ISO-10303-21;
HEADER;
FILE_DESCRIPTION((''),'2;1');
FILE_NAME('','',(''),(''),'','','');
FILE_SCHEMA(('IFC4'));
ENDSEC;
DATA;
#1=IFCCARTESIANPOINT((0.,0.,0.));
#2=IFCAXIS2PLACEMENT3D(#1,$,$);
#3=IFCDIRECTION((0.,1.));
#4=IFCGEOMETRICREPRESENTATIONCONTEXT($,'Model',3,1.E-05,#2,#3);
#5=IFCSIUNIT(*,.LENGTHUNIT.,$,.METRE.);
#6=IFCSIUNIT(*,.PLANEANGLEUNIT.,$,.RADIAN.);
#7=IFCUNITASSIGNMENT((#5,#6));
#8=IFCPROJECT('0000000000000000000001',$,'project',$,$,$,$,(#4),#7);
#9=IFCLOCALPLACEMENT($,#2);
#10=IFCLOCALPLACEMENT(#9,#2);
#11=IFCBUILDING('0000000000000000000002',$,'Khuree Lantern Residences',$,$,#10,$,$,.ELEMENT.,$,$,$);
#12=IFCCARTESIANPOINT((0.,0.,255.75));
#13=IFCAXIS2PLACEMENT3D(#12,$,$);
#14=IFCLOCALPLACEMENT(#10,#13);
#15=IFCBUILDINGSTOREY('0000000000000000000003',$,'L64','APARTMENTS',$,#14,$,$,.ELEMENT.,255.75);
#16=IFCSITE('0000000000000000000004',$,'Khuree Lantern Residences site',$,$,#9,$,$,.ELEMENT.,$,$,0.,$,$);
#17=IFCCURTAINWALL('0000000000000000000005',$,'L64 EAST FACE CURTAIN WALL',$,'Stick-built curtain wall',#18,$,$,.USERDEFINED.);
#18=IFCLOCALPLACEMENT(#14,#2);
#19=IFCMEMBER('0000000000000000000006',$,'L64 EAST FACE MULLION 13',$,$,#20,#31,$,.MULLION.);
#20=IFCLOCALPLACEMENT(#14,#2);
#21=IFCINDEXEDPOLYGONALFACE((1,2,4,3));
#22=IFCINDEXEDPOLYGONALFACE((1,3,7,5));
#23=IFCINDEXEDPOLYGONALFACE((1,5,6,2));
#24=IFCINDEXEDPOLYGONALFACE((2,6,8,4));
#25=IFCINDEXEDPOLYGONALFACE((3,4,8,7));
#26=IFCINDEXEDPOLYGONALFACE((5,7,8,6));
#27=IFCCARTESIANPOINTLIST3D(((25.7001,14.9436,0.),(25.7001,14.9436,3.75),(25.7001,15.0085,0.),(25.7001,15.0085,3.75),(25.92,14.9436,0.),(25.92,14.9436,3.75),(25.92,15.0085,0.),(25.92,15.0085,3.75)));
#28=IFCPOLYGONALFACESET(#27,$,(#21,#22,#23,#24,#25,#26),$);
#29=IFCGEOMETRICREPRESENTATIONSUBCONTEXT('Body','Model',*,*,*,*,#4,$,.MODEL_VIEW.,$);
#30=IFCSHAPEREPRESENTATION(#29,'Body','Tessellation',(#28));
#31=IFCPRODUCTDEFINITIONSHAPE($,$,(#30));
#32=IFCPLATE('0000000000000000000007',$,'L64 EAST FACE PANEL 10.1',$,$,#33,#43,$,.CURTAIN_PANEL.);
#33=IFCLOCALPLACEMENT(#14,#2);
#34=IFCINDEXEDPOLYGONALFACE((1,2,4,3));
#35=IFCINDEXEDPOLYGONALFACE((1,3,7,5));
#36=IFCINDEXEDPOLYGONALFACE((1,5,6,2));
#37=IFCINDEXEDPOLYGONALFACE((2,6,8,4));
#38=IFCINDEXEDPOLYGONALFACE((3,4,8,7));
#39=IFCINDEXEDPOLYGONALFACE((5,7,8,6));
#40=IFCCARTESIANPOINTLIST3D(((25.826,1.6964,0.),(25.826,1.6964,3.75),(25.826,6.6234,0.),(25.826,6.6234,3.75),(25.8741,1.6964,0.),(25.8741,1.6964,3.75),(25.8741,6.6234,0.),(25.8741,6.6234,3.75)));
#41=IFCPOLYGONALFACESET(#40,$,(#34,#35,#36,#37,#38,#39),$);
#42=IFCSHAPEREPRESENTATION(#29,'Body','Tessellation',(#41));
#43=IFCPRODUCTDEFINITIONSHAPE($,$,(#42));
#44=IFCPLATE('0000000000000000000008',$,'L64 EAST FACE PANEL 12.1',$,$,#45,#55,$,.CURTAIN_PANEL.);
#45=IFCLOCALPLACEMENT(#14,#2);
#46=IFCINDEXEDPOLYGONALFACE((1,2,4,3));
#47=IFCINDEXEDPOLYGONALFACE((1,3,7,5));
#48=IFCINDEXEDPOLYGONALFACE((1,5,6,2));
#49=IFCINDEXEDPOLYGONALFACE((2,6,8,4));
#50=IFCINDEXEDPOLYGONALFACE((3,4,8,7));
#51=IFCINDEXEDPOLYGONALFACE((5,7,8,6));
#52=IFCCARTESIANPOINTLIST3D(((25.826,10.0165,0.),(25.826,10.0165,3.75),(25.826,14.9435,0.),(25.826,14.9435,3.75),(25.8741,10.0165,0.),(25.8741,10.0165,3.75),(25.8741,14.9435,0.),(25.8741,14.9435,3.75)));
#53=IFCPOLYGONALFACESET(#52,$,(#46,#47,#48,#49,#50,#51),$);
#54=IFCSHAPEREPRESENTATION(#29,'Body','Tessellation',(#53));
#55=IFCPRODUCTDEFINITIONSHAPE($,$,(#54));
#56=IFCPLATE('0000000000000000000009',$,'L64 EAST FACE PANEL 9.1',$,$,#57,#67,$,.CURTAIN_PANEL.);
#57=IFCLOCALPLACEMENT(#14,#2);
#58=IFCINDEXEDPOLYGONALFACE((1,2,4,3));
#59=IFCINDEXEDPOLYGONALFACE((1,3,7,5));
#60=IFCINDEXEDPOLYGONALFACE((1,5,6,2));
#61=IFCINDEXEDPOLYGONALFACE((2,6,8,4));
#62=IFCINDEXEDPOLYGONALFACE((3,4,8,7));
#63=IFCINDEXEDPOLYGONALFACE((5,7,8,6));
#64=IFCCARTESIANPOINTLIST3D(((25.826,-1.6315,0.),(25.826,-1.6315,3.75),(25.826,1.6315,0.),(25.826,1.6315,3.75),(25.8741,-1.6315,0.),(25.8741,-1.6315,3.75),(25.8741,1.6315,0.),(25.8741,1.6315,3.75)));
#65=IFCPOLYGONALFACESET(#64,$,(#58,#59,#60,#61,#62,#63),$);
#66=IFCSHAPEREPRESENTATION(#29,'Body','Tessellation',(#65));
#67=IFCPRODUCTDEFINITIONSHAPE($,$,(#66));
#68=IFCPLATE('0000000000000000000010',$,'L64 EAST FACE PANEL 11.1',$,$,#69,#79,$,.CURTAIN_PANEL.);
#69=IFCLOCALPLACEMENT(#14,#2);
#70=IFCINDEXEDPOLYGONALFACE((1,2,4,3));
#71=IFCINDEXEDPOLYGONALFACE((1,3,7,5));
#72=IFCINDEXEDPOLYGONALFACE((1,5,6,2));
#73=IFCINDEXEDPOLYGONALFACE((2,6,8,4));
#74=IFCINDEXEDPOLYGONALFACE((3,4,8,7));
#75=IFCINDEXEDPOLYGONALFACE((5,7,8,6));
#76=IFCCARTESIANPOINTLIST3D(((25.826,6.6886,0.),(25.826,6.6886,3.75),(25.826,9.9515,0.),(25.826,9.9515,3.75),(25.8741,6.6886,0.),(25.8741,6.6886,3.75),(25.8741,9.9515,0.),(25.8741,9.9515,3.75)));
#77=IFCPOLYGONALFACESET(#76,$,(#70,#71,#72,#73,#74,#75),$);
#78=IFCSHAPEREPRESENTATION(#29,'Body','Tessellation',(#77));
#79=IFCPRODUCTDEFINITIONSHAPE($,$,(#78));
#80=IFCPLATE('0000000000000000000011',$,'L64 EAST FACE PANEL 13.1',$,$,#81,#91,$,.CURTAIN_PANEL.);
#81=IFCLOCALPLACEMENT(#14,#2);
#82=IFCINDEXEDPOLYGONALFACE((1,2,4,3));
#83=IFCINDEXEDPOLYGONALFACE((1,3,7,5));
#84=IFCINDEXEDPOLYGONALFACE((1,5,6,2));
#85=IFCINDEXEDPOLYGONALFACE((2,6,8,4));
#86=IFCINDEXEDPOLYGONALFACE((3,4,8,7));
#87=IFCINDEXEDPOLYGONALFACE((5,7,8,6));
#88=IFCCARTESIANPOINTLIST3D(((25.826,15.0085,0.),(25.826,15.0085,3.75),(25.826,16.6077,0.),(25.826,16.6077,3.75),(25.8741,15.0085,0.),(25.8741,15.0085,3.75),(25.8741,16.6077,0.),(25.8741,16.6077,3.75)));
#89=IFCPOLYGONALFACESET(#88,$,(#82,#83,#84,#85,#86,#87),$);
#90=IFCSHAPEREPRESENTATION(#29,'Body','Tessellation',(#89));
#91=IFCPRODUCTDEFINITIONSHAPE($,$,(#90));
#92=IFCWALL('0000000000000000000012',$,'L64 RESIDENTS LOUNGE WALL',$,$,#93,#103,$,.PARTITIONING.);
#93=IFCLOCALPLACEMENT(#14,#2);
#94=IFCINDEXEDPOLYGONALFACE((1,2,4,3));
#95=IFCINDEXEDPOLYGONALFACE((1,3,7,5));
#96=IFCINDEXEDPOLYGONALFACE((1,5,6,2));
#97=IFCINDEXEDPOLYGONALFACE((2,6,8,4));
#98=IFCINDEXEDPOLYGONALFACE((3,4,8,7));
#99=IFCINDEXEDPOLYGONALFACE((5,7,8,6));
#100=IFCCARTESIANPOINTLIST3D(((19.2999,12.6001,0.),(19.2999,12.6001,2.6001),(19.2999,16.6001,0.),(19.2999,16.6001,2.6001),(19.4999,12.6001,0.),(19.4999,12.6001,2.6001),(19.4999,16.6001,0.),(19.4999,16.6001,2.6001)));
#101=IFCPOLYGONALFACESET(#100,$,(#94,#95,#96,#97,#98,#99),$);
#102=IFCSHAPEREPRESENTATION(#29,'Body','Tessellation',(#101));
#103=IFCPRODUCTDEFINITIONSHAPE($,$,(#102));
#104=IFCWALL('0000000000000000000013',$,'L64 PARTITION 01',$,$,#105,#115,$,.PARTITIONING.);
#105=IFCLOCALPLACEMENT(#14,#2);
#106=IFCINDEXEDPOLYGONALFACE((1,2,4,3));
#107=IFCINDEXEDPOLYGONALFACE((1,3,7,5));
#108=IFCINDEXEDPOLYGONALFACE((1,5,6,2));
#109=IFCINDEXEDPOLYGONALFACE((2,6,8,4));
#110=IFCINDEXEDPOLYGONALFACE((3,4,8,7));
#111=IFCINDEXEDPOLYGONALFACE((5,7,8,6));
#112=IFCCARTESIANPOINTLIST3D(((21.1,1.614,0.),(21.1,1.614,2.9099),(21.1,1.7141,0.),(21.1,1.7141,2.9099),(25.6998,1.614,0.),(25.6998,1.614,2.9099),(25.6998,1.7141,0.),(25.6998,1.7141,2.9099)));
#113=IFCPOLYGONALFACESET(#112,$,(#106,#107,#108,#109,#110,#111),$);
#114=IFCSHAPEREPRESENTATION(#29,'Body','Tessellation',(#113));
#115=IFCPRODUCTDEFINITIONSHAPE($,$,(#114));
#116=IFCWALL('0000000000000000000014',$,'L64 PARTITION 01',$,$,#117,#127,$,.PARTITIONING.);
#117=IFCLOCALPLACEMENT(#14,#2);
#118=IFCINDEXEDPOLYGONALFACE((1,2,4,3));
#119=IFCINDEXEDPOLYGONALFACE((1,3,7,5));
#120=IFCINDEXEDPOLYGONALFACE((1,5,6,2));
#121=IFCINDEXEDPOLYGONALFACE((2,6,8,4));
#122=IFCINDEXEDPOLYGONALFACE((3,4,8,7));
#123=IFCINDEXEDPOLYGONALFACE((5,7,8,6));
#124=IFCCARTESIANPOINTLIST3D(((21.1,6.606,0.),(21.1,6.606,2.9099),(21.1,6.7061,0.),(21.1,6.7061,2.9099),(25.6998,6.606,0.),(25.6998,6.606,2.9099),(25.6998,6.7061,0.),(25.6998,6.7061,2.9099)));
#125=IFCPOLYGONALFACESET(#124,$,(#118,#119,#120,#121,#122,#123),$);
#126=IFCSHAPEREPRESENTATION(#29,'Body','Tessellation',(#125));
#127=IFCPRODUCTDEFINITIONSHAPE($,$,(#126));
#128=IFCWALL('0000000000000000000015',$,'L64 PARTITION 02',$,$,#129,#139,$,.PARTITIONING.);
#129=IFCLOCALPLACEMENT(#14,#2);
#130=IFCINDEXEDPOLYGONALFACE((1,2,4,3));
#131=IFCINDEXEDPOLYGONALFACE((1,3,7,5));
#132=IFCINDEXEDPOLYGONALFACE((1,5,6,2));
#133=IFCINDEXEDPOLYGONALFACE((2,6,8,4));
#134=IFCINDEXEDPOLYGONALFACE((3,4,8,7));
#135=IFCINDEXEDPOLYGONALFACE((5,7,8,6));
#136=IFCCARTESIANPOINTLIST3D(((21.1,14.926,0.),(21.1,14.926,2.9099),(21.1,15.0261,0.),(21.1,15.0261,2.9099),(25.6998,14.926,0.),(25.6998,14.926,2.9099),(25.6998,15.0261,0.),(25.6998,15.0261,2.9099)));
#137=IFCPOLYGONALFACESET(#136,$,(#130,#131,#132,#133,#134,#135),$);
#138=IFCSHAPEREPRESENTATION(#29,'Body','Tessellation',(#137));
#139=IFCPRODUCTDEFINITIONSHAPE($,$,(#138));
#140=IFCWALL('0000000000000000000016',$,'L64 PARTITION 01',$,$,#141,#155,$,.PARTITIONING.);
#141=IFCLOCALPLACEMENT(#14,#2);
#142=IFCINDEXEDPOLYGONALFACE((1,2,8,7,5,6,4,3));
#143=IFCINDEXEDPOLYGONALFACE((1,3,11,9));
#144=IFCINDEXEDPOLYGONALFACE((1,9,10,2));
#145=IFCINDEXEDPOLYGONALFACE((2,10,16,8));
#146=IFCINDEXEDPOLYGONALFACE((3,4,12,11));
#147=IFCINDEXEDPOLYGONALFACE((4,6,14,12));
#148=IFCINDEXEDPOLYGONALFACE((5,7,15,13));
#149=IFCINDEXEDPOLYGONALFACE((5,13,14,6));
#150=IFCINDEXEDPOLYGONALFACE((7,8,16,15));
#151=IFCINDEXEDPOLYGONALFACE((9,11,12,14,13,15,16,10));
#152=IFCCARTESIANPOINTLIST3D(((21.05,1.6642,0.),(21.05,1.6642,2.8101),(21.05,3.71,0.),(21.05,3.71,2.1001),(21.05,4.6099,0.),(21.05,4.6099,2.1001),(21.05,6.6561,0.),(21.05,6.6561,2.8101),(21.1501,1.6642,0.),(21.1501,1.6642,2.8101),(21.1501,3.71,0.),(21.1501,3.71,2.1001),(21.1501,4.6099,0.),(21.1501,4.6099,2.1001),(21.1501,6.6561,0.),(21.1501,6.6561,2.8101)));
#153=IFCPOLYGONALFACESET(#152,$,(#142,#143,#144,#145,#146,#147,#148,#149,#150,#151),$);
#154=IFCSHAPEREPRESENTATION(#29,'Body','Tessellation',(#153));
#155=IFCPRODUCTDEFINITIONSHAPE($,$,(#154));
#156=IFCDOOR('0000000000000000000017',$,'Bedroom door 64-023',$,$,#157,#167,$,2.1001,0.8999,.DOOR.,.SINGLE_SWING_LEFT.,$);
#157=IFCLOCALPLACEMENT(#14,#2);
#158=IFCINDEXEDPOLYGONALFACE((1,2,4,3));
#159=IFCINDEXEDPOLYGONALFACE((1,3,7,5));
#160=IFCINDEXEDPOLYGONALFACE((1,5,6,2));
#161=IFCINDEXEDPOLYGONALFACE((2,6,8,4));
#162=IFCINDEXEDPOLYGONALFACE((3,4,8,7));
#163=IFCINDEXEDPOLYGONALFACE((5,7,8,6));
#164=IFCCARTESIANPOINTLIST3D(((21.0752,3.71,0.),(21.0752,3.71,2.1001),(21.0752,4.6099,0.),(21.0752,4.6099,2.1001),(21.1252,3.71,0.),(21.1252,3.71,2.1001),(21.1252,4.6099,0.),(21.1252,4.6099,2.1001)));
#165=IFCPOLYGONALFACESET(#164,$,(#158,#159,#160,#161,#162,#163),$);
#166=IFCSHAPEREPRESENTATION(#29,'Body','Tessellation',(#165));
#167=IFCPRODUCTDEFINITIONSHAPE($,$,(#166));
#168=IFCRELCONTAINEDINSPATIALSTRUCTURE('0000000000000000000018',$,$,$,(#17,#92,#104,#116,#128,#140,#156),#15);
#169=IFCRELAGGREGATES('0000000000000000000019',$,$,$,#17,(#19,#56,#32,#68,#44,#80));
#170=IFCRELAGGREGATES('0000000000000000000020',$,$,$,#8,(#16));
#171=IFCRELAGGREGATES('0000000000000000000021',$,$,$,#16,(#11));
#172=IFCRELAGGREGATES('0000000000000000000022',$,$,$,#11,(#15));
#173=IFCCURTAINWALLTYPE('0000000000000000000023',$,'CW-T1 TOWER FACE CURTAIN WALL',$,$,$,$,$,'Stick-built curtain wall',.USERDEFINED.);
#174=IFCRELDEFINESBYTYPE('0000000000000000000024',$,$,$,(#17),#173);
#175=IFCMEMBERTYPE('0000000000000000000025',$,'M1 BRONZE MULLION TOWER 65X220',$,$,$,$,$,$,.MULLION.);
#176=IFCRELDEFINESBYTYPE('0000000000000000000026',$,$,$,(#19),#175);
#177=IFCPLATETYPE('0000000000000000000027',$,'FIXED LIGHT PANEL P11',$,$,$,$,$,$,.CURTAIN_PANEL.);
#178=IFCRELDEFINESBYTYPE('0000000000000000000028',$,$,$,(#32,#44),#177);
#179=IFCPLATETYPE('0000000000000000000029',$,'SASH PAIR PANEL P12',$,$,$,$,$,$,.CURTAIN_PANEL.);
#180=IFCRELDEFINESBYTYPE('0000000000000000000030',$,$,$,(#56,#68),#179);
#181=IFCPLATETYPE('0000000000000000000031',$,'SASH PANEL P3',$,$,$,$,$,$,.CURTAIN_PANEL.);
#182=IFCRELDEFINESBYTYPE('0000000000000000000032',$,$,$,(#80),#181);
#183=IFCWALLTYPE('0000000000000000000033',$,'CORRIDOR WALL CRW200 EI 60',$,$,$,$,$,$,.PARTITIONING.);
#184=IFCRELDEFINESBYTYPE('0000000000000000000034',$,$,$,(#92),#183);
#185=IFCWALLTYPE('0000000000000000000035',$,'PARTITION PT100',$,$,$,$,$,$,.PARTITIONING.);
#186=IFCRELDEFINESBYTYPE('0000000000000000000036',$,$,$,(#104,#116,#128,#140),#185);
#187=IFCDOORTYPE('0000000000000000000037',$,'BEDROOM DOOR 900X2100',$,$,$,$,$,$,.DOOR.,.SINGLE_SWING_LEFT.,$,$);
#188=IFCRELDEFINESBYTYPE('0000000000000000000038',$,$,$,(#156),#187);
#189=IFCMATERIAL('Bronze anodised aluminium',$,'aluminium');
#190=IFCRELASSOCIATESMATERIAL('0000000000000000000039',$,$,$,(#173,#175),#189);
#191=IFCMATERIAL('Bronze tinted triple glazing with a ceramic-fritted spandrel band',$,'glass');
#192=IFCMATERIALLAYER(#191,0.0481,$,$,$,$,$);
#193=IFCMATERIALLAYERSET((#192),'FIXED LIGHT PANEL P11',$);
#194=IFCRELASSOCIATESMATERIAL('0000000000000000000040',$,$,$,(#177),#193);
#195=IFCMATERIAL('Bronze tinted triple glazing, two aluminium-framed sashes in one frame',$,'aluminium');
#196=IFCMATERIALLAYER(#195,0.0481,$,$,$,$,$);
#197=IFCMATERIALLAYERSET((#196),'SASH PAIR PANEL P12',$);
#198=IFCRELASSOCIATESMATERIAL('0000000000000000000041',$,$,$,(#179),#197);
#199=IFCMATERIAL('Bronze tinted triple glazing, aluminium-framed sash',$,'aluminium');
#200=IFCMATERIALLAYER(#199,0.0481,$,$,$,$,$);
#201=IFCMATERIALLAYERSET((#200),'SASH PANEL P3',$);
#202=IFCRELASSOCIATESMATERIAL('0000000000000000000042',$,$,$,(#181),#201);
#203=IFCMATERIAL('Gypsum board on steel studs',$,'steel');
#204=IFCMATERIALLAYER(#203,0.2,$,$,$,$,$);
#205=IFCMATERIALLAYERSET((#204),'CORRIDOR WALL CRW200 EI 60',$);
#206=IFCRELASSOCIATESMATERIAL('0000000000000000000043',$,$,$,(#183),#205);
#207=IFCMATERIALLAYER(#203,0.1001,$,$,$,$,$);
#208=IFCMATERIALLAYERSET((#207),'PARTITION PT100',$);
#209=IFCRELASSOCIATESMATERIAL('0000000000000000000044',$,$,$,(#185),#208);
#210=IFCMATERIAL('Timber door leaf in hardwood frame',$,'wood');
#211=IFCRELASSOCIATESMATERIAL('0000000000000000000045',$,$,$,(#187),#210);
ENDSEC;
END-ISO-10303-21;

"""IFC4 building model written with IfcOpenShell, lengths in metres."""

from ifc_helpers import new_model, si_unit, direction, frame, frame_2d, origin, origin_2d, place, context, subcontext, project, spatial, rectangle, extrude, material, layer, layer_set, material_profile, profile_set, type_object, element, fill, aggregate, save


model = new_model("IFC4")

# Units and contexts
model_context = context("Model", 3, precision=1e-05, world=origin(), true_north=direction((0.0, 1.0)))
body_context = subcontext(model_context, "Body", "Model", "MODEL_VIEW")
ifc_project = project(units=[si_unit("LENGTHUNIT", "METRE"), si_unit("PLANEANGLEUNIT", "RADIAN")], contexts=[model_context])

# Site, building, storey
site_placement = place(None, origin())
site = spatial("IfcSite", under=ifc_project, at=site_placement, Name="Khuree Lantern Residences site", CompositionType="ELEMENT", RefElevation=0.0)
building_placement = place(site_placement, origin())
building = spatial("IfcBuilding", under=site, at=building_placement, Name="Khuree Lantern Residences", CompositionType="ELEMENT")
storey_placement = place(building_placement, frame((0.0, 0.0, 255.75)))
storey = spatial("IfcBuildingStorey", under=building, at=storey_placement, Name="L64", Description="APARTMENTS", CompositionType="ELEMENT", Elevation=255.75)

# Curtain wall
ifc_material_1 = material(Name="Bronze anodised aluminium", Category="aluminium")
curtain_wall_type = type_object("IfcCurtainWallType", Name="CW-T1 TOWER FACE CURTAIN WALL", ElementType="Stick-built curtain wall", PredefinedType="USERDEFINED", material=ifc_material_1)
curtain_wall_placement = place(storey_placement, origin())
curtain_wall = element("IfcCurtainWall", 1, at=curtain_wall_placement, inside=storey, type_object=curtain_wall_type, Name="L64 EAST FACE CURTAIN WALL", ObjectType="Stick-built curtain wall", PredefinedType="USERDEFINED")

# Member
ifc_material_profile_1 = material_profile(ifc_material_1, rectangle(XDim=0.0649, YDim=0.22, at=origin_2d()), Name="M1 65X220")
ifc_profile_set_1 = profile_set([ifc_material_profile_1], Name="Bronze anodised aluminium")
member_type_1 = type_object("IfcMemberType", Name="M1 BRONZE MULLION TOWER 65X220", PredefinedType="MULLION", material=ifc_profile_set_1)
member_1_placement = place(storey_placement, frame((25.8101, 14.9761, 0.0), z_axis=(0.0, 0.0, 1.0), x_axis=(0.0, 1.0, 0.0)))
member_1 = element("IfcMember", 2, at=member_1_placement, type_object=member_type_1, Name="L64 EAST FACE MULLION 13", PredefinedType="MULLION", context=body_context, shape_type="SweptSolid", body=[
    extrude(rectangle(XDim=0.0649, YDim=0.22, at=origin_2d()), origin(), (0.0, 0.0, 1.0), 3.75),
])

# Plates
ifc_material_2 = material(Name="Bronze tinted triple glazing with a ceramic-fritted spandrel band", Category="glass")
ifc_layer_1 = layer(ifc_material_2, 0.0481)
ifc_layer_set_1 = layer_set([ifc_layer_1], Name="FIXED LIGHT PANEL P11")
plate_type_1 = type_object("IfcPlateType", Name="FIXED LIGHT PANEL P11", PredefinedType="CURTAIN_PANEL", material=ifc_layer_set_1)
plate_1_placement = place(storey_placement, frame((25.8501, 4.1599, 0.0), z_axis=(0.0, 0.0, 1.0), x_axis=(0.0, 1.0, 0.0)))
plate_1 = element("IfcPlate", 3, at=plate_1_placement, type_object=plate_type_1, Name="L64 EAST FACE PANEL 10.1", PredefinedType="CURTAIN_PANEL", context=body_context, shape_type="SweptSolid", body=[
    extrude(rectangle(XDim=4.927, YDim=0.0481, at=origin_2d()), origin(), (0.0, 0.0, 1.0), 3.75),
])
plate_2_placement = place(storey_placement, frame((25.8501, 12.48, 0.0), z_axis=(0.0, 0.0, 1.0), x_axis=(0.0, 1.0, 0.0)))
plate_2 = element("IfcPlate", 4, at=plate_2_placement, type_object=plate_type_1, Name="L64 EAST FACE PANEL 12.1", PredefinedType="CURTAIN_PANEL", context=body_context, shape_type="SweptSolid", body=[
    extrude(rectangle(XDim=4.927, YDim=0.0481, at=origin_2d()), origin(), (0.0, 0.0, 1.0), 3.75),
])
ifc_material_3 = material(Name="Bronze tinted triple glazing, two aluminium-framed sashes in one frame", Category="aluminium")
ifc_layer_2 = layer(ifc_material_3, 0.0481)
ifc_layer_set_2 = layer_set([ifc_layer_2], Name="SASH PAIR PANEL P12")
plate_type_2 = type_object("IfcPlateType", Name="SASH PAIR PANEL P12", PredefinedType="CURTAIN_PANEL", material=ifc_layer_set_2)
plate_3_placement = place(storey_placement, frame((25.8501, 0.0, 0.0), z_axis=(0.0, 0.0, 1.0), x_axis=(0.0, 1.0, 0.0)))
plate_3 = element("IfcPlate", 5, at=plate_3_placement, type_object=plate_type_2, Name="L64 EAST FACE PANEL 9.1", PredefinedType="CURTAIN_PANEL", context=body_context, shape_type="SweptSolid", body=[
    extrude(rectangle(XDim=3.2629, YDim=0.0481, at=origin_2d()), origin(), (0.0, 0.0, 1.0), 3.75),
])
plate_4_placement = place(storey_placement, frame((25.8501, 8.3201, 0.0), z_axis=(0.0, 0.0, 1.0), x_axis=(0.0, 1.0, 0.0)))
plate_4 = element("IfcPlate", 6, at=plate_4_placement, type_object=plate_type_2, Name="L64 EAST FACE PANEL 11.1", PredefinedType="CURTAIN_PANEL", context=body_context, shape_type="SweptSolid", body=[
    extrude(rectangle(XDim=3.2629, YDim=0.0481, at=origin_2d()), origin(), (0.0, 0.0, 1.0), 3.75),
])
ifc_material_4 = material(Name="Bronze tinted triple glazing, aluminium-framed sash", Category="aluminium")
ifc_layer_3 = layer(ifc_material_4, 0.0481)
ifc_layer_set_3 = layer_set([ifc_layer_3], Name="SASH PANEL P3")
plate_type_3 = type_object("IfcPlateType", Name="SASH PANEL P3", PredefinedType="CURTAIN_PANEL", material=ifc_layer_set_3)
plate_5_placement = place(storey_placement, frame((25.8501, 15.8081, 0.0), z_axis=(0.0, 0.0, 1.0), x_axis=(0.0, 1.0, 0.0)))
plate_5 = element("IfcPlate", 7, at=plate_5_placement, type_object=plate_type_3, Name="L64 EAST FACE PANEL 13.1", PredefinedType="CURTAIN_PANEL", context=body_context, shape_type="SweptSolid", body=[
    extrude(rectangle(XDim=1.5991, YDim=0.0481, at=origin_2d()), origin(), (0.0, 0.0, 1.0), 3.75),
])
aggregate(curtain_wall, [member_1, plate_3, plate_1, plate_4, plate_2, plate_5])

# Walls
ifc_material_5 = material(Name="Gypsum board on steel studs", Category="steel")
ifc_layer_4 = layer(ifc_material_5, 0.2)
ifc_layer_set_4 = layer_set([ifc_layer_4], Name="CORRIDOR WALL CRW200 EI 60")
wall_type_1 = type_object("IfcWallType", Name="CORRIDOR WALL CRW200 EI 60", PredefinedType="PARTITIONING", material=ifc_layer_set_4)
wall_1_placement = place(storey_placement, frame((19.3999, 12.6001, 0.0), z_axis=(0.0, 0.0, 1.0), x_axis=(0.0, 1.0, 0.0)))
element("IfcWall", 8, at=wall_1_placement, inside=storey, type_object=wall_type_1, Name="L64 RESIDENTS LOUNGE WALL", PredefinedType="PARTITIONING", context=body_context, shape_type="SweptSolid", body=[
    extrude(rectangle(XDim=4.0, YDim=0.2, at=frame_2d((2.0, 0.0))), origin(), (0.0, 0.0, 1.0), 2.6001),
])
ifc_layer_5 = layer(ifc_material_5, 0.1001)
ifc_layer_set_5 = layer_set([ifc_layer_5], Name="PARTITION PT100")
wall_type_2 = type_object("IfcWallType", Name="PARTITION PT100", PredefinedType="PARTITIONING", material=ifc_layer_set_5)
for number, where, z_axis, x_axis, name in (
    (9, (21.1001, 1.6641, 0.0), (0.0, 0.0, 1.0), (1.0, 0.0, 0.0), "L64 PARTITION 01"),
    (10, (21.1001, 6.656, 0.0), (0.0, 0.0, 1.0), (1.0, 0.0, 0.0), "L64 PARTITION 01"),
    (11, (21.1001, 14.9761, 0.0), (0.0, 0.0, 1.0), (1.0, 0.0, 0.0), "L64 PARTITION 02"),
):
    element("IfcWall", number, at=place(storey_placement, frame(where, z_axis=z_axis, x_axis=x_axis)), inside=storey, type_object=wall_type_2, Name=name, PredefinedType="PARTITIONING", context=body_context, shape_type="SweptSolid", body=[
        extrude(rectangle(XDim=4.5999, YDim=0.1001, at=frame_2d((2.2998, 0.0))), origin(), (0.0, 0.0, 1.0), 2.9099),
    ])

# Wall, opening, door
wall_2_placement = place(storey_placement, frame((21.1001, 1.6641, 0.0), z_axis=(0.0, 0.0, 1.0), x_axis=(0.0, 1.0, 0.0)))
wall_2 = element("IfcWall", 12, at=wall_2_placement, inside=storey, type_object=wall_type_2, Name="L64 PARTITION 01", PredefinedType="PARTITIONING", context=body_context, shape_type="SweptSolid", body=[
    extrude(rectangle(XDim=4.9919, YDim=0.1001, at=frame_2d((2.4961, 0.0))), origin(), (0.0, 0.0, 1.0), 2.8101),
])
opening_1_placement = place(wall_2_placement, frame((2.0459, 0.0, 0.0)))
opening_1 = element("IfcOpeningElement", 13, at=opening_1_placement, cuts=wall_2, PredefinedType="OPENING", context=body_context, shape_type="SweptSolid", body=[
    extrude(rectangle(XDim=0.8999, YDim=2.1001, at=frame_2d((0.45, 1.05))), frame((0.0, 0.0601, 0.0), z_axis=(0.0, -1.0, 0.0), x_axis=(1.0, 0.0, 0.0)), (0.0, 0.0, 1.0), 0.1201),
])
ifc_material_6 = material(Name="Timber door leaf in hardwood frame", Category="wood")
door_type = type_object("IfcDoorType", Name="BEDROOM DOOR 900X2100", OperationType="SINGLE_SWING_LEFT", PredefinedType="DOOR", material=ifc_material_6)
door_1_placement = place(opening_1_placement, origin())
door_1 = element("IfcDoor", 14, at=door_1_placement, inside=storey, type_object=door_type, Name="Bedroom door 64-023", OperationType="SINGLE_SWING_LEFT", OverallHeight=2.1001, OverallWidth=0.8999, PredefinedType="DOOR", context=body_context, shape_type="SweptSolid", body=[
    extrude(rectangle(XDim=0.8999, YDim=2.1001, at=frame_2d((0.45, 1.05))), frame((0.0, 0.0249, 0.0), z_axis=(0.0, -1.0, 0.0), x_axis=(1.0, 0.0, 0.0)), (0.0, 0.0, 1.0), 0.05),
])
fill(opening_1, door_1)

save(model, "model.ifc")
